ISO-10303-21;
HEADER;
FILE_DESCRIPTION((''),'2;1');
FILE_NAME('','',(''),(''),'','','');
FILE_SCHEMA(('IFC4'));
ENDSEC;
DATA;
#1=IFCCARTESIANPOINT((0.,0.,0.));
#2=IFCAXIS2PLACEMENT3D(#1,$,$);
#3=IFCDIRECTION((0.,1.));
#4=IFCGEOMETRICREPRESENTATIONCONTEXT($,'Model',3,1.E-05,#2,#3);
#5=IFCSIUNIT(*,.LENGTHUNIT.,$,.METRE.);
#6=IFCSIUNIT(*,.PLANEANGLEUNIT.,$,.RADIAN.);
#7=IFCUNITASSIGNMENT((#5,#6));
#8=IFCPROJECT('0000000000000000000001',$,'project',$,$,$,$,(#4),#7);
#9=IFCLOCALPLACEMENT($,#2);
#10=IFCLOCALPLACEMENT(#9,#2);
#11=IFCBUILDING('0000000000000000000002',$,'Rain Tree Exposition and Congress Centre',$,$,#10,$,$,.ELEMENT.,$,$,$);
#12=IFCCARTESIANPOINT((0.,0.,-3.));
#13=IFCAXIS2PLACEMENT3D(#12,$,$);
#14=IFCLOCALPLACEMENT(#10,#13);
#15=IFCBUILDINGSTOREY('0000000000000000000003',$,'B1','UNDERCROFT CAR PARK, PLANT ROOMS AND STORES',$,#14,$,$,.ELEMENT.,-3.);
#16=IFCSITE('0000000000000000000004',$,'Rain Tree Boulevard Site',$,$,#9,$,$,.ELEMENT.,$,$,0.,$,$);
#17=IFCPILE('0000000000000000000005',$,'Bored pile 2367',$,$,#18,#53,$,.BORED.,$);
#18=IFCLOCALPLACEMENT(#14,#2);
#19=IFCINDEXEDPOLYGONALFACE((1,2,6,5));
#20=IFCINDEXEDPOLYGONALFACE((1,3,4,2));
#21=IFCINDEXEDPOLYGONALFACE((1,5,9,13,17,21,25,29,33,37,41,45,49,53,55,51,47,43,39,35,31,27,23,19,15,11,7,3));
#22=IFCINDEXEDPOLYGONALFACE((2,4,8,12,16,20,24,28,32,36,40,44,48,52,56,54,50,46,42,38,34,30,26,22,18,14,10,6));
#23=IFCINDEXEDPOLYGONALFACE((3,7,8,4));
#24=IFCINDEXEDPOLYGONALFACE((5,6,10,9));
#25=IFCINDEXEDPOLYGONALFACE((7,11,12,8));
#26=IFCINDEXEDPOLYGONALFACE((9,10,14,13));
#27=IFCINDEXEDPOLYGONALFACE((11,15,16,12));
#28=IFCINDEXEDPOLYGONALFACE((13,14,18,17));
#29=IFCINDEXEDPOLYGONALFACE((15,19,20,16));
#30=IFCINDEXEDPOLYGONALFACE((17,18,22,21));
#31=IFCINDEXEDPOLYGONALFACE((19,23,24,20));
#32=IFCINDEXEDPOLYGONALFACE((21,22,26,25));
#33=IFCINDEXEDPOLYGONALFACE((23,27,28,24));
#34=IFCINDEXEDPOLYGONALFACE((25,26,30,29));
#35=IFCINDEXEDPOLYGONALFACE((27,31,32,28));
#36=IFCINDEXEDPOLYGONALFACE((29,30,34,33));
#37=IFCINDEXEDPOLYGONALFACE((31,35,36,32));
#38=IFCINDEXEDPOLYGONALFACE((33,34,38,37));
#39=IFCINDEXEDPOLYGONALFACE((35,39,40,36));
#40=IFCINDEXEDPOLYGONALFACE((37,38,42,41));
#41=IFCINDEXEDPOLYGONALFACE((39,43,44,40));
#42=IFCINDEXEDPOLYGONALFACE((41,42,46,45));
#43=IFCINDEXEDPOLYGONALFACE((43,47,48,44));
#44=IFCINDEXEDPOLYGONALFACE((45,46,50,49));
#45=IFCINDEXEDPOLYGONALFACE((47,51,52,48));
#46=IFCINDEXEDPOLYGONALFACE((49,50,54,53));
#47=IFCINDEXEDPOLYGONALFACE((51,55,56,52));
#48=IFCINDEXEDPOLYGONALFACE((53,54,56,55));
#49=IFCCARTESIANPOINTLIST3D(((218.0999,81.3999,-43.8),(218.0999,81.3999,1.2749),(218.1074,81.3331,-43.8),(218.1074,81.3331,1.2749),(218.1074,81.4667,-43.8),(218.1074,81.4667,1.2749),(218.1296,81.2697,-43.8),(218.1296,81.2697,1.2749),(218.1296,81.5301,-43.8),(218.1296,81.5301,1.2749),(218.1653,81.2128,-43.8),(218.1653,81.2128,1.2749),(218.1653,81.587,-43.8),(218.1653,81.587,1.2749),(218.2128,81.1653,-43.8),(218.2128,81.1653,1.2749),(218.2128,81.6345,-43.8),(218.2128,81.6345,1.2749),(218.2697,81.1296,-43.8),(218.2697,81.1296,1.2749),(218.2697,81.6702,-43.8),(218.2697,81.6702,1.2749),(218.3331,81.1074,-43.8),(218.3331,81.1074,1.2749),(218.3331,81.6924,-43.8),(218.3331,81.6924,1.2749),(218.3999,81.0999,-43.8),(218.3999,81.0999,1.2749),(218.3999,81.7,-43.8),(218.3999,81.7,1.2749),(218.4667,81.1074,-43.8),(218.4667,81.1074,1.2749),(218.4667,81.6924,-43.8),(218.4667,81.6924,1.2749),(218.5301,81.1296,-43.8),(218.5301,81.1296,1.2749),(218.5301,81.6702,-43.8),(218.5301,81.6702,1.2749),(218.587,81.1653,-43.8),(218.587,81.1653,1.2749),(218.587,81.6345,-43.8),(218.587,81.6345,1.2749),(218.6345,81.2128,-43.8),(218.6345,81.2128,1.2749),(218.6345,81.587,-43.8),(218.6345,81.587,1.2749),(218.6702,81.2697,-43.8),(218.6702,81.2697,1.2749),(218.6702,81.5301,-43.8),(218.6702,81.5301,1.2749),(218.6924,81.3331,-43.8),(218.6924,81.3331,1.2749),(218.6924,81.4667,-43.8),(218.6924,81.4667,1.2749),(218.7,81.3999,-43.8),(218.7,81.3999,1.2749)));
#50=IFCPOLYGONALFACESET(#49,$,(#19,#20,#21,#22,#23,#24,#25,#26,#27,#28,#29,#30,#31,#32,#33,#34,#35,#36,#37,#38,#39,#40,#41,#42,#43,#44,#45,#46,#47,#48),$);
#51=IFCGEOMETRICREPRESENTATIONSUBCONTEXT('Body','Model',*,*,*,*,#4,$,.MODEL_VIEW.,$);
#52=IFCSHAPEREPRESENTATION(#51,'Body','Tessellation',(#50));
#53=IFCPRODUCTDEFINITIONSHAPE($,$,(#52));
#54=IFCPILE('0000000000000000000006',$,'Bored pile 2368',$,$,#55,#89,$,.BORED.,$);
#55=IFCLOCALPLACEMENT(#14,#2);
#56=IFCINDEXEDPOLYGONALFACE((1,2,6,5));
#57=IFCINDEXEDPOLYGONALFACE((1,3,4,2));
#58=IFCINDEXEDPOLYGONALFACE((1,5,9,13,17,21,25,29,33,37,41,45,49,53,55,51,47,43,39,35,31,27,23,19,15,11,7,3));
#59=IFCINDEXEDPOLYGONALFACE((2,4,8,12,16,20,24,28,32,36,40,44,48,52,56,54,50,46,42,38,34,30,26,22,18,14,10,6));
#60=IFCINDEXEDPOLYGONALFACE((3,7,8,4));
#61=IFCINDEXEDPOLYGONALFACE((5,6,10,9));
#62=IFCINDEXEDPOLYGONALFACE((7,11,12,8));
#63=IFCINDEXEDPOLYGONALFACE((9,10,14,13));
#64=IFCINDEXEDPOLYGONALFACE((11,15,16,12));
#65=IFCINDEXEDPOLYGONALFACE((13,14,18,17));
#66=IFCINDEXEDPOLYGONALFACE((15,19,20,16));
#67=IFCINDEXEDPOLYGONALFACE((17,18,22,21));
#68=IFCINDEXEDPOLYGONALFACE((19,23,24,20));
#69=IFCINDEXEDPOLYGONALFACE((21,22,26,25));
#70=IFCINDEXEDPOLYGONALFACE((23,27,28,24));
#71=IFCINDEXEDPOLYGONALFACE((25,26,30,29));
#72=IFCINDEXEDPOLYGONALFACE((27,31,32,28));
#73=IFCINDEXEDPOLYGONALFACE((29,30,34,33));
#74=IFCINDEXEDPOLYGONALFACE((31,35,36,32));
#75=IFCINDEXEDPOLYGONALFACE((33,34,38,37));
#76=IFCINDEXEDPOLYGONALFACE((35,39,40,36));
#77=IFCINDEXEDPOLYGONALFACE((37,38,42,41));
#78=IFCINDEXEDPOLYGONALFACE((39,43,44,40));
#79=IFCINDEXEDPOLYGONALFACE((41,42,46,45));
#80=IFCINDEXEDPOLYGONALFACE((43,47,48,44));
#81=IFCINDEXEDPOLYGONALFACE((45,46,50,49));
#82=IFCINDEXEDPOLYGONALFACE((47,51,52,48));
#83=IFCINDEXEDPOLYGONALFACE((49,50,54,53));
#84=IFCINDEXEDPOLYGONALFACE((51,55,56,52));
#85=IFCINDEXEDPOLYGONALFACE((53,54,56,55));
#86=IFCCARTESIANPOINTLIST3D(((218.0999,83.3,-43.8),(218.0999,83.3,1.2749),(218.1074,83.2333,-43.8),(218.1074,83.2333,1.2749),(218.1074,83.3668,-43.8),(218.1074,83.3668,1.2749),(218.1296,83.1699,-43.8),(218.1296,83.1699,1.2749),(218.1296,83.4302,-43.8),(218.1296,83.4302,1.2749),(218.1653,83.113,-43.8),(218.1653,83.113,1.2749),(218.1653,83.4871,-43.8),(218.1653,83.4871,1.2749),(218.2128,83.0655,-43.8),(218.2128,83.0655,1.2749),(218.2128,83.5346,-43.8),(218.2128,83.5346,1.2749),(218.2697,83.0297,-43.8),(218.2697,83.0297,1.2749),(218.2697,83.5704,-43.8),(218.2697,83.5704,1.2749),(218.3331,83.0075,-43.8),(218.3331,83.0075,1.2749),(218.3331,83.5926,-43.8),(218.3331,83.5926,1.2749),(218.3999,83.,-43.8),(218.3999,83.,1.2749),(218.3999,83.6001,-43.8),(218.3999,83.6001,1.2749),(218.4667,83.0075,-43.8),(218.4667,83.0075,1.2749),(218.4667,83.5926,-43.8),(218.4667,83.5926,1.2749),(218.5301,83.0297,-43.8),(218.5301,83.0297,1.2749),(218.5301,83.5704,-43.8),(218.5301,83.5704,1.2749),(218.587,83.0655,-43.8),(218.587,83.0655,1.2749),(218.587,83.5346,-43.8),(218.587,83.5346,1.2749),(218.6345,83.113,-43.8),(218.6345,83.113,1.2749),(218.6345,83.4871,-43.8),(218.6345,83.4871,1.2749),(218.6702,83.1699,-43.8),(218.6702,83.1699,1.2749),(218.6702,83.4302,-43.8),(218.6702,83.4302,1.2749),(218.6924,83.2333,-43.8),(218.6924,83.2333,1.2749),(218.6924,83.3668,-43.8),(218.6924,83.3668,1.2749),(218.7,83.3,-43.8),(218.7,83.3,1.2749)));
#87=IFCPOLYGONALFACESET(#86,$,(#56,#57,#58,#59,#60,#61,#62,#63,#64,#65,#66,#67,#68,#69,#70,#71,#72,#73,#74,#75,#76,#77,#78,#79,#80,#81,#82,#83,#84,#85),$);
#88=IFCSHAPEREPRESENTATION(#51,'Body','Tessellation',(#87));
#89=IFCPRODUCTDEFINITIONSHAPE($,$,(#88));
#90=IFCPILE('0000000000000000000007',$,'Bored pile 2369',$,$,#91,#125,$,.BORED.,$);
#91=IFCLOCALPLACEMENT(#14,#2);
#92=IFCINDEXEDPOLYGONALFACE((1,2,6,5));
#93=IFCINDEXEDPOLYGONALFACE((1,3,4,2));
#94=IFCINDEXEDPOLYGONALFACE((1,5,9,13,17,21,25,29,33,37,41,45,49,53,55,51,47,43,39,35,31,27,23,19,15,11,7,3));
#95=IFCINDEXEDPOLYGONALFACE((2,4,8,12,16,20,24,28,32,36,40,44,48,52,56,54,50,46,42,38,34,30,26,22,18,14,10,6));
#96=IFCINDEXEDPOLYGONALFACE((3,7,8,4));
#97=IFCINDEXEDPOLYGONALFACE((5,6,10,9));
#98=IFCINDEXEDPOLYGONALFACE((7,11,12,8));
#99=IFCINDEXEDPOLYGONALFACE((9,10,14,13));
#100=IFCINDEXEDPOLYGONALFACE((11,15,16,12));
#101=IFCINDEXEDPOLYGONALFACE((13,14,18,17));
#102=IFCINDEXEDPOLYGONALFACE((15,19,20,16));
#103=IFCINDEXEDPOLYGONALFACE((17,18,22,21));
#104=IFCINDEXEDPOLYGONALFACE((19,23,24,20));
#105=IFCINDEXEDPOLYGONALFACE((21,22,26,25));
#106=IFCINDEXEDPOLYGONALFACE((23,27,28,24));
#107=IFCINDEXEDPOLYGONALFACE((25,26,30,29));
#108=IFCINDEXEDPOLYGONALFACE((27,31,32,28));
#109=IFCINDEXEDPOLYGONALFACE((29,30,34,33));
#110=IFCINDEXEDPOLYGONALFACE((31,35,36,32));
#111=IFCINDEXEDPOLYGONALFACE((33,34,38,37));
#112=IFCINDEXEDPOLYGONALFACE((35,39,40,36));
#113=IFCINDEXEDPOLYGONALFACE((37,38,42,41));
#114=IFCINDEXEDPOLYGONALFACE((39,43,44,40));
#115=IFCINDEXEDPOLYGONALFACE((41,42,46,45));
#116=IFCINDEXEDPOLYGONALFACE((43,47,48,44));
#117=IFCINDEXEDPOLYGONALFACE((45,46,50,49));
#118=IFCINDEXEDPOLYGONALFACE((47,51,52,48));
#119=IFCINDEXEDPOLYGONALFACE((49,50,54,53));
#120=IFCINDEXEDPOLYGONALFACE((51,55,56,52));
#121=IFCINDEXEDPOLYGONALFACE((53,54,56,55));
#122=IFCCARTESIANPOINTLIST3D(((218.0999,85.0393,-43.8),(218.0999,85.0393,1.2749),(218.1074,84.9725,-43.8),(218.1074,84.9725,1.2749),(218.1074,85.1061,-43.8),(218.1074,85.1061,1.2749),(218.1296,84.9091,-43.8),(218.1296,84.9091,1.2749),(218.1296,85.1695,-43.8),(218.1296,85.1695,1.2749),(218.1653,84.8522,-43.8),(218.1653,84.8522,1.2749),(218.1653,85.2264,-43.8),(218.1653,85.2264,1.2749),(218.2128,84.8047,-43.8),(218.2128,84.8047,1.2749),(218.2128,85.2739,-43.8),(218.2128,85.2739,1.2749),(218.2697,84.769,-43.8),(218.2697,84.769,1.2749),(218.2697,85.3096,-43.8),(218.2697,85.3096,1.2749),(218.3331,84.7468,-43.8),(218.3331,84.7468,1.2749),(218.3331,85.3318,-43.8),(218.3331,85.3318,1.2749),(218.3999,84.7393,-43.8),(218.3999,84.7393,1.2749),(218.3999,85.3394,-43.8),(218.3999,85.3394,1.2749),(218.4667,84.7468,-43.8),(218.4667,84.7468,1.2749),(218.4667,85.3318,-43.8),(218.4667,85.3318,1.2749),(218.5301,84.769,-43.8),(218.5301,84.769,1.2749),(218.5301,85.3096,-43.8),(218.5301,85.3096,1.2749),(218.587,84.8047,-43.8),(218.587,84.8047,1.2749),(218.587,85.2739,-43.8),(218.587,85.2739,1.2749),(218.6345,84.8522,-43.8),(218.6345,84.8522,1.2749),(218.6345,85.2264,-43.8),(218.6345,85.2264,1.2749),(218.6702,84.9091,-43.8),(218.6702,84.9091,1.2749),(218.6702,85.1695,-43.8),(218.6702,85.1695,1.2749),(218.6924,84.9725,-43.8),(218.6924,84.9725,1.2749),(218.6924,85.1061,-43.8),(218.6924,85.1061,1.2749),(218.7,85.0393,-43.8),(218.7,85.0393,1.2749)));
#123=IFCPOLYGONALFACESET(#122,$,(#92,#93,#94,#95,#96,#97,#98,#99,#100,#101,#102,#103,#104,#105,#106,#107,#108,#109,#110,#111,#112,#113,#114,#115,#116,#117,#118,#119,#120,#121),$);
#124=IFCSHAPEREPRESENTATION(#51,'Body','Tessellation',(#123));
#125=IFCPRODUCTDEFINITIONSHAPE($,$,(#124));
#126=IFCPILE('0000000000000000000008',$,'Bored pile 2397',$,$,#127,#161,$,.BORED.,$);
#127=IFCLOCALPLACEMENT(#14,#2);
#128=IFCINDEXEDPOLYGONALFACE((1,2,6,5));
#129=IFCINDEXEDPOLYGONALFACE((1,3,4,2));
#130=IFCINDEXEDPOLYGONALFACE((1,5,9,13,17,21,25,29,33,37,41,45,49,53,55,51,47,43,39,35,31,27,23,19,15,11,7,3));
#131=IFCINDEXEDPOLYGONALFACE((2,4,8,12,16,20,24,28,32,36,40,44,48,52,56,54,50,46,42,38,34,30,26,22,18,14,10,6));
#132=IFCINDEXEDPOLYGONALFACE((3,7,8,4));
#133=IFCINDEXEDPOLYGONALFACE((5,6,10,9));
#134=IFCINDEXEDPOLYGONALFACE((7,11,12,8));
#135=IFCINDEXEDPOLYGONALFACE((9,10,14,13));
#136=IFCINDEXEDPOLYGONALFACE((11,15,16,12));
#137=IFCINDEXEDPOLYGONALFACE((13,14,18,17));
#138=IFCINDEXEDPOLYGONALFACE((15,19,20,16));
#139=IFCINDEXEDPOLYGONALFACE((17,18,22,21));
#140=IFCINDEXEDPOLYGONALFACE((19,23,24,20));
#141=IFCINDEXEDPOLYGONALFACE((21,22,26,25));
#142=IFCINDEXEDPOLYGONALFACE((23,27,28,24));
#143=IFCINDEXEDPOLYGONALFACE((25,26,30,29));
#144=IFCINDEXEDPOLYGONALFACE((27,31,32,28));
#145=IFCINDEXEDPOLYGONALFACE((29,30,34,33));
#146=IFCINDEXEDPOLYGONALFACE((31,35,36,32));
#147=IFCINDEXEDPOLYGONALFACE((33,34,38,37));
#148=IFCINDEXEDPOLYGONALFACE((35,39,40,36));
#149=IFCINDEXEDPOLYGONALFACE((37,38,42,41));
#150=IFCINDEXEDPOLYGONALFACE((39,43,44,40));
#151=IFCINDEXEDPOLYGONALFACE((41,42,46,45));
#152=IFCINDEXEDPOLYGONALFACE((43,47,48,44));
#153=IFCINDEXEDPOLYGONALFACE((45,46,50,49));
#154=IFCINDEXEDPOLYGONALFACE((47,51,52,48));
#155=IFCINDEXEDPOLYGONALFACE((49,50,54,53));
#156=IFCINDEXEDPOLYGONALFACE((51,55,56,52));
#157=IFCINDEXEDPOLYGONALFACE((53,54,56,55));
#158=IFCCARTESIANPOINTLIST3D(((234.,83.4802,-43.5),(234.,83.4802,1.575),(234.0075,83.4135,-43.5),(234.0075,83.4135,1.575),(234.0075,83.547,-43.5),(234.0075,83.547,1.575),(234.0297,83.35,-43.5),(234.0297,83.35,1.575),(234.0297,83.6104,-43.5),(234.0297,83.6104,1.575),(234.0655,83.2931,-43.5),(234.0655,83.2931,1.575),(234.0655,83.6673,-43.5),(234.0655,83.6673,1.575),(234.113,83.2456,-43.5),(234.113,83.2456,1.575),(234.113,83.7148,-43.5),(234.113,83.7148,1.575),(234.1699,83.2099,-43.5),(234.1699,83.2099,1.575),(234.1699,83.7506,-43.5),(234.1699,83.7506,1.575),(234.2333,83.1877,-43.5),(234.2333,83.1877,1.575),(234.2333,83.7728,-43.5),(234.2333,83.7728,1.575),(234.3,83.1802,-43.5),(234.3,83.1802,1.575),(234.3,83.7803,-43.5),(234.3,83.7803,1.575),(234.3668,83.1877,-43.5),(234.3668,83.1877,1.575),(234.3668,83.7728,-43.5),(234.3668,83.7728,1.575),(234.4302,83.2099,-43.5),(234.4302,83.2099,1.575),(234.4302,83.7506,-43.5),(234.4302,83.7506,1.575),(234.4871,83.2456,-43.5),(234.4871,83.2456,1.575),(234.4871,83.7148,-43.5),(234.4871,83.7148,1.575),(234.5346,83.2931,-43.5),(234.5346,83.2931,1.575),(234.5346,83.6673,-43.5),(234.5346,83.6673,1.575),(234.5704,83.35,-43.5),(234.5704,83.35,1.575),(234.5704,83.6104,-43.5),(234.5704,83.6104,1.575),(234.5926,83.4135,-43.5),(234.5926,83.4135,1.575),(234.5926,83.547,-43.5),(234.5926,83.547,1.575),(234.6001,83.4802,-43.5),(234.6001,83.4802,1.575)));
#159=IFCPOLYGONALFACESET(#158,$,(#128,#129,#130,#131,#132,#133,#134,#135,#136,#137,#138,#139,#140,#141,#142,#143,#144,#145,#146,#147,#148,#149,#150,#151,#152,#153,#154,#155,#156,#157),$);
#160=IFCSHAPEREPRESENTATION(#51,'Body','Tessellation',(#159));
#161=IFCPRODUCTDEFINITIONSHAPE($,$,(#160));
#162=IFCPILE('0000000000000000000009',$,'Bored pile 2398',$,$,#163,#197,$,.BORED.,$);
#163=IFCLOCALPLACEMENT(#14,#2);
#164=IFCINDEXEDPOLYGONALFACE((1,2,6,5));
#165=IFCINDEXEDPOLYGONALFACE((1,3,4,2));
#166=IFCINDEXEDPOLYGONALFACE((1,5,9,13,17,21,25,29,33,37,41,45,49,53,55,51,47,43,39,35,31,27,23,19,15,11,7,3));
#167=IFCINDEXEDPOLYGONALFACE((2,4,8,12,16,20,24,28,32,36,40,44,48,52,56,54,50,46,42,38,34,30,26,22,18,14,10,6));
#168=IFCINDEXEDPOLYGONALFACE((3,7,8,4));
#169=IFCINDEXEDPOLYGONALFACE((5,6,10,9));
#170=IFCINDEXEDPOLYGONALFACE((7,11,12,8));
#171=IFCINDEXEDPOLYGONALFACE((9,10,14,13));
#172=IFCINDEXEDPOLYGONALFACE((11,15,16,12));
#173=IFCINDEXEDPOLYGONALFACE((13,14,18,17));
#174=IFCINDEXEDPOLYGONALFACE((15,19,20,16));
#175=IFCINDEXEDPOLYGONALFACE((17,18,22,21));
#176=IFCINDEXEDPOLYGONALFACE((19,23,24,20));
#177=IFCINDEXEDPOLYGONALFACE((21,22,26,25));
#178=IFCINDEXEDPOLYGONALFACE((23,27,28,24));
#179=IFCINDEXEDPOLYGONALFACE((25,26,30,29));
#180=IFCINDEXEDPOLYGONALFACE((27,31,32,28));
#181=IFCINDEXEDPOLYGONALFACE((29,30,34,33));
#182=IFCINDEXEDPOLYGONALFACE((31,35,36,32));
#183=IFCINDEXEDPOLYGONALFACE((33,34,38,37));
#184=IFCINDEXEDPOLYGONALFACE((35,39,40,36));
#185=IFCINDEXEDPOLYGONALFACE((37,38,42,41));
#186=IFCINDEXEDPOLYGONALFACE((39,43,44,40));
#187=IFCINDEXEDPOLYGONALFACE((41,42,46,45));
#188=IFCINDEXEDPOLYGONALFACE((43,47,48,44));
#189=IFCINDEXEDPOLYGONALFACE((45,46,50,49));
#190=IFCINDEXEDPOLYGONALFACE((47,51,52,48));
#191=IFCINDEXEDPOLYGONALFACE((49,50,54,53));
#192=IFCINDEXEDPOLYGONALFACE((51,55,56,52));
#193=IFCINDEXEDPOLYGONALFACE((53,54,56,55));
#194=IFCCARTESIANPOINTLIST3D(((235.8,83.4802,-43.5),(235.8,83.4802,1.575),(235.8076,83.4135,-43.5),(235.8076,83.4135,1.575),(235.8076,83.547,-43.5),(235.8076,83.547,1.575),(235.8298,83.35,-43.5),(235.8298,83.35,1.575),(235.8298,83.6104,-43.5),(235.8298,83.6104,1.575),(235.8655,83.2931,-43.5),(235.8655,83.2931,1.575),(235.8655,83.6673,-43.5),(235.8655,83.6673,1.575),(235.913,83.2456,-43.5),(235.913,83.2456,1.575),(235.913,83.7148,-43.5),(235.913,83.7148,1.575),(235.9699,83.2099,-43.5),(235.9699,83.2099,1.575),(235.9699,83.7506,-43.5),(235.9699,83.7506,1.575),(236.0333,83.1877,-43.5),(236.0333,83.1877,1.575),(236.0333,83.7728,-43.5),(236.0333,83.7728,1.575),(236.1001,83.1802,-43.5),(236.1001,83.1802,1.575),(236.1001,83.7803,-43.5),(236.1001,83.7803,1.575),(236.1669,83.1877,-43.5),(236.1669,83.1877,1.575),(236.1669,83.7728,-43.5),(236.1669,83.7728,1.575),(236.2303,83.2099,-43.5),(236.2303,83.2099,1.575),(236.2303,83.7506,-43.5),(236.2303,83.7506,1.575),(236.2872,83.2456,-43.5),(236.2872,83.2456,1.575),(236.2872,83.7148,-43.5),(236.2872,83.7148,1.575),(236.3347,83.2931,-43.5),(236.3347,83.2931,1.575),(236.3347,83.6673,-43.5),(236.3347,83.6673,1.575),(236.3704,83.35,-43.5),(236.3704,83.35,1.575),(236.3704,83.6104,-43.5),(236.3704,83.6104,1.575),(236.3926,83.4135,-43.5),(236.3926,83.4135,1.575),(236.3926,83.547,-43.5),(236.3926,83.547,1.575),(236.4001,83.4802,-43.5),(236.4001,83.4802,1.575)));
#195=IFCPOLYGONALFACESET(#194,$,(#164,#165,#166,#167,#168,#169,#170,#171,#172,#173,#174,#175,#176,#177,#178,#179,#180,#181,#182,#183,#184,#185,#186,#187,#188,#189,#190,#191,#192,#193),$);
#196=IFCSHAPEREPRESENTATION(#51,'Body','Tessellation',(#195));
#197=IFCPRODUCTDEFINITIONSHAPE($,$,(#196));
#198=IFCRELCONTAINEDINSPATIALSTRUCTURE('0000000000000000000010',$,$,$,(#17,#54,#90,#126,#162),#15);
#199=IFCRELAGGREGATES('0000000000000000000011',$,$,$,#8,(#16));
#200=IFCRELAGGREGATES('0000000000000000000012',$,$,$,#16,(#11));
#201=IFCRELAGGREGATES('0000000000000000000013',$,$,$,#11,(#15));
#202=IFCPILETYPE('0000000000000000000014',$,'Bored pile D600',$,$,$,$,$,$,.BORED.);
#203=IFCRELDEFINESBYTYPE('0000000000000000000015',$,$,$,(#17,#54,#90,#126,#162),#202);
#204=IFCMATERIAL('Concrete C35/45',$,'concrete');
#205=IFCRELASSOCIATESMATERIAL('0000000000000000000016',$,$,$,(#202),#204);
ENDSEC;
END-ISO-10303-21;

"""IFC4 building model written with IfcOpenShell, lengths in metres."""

from ifc_helpers import new_model, si_unit, direction, frame, origin, origin_2d, place, context, subcontext, project, spatial, circle, extrude, material, material_profile, profile_set, type_object, element, save


model = new_model("IFC4")

# Units and contexts
model_context = context("Model", 3, precision=1e-05, world=origin(), true_north=direction((0.0, 1.0)))
body_context = subcontext(model_context, "Body", "Model", "MODEL_VIEW")
ifc_project = project(units=[si_unit("LENGTHUNIT", "METRE"), si_unit("PLANEANGLEUNIT", "RADIAN")], contexts=[model_context])

# Site, building, storey
site_placement = place(None, origin())
site = spatial("IfcSite", under=ifc_project, at=site_placement, Name="Rain Tree Boulevard Site", CompositionType="ELEMENT", RefElevation=0.0)
building_placement = place(site_placement, origin())
building = spatial("IfcBuilding", under=site, at=building_placement, Name="Rain Tree Exposition and Congress Centre", CompositionType="ELEMENT")
storey_placement = place(building_placement, frame((0.0, 0.0, -3.0)))
storey = spatial("IfcBuildingStorey", under=building, at=storey_placement, Name="B1", Description="UNDERCROFT CAR PARK, PLANT ROOMS AND STORES", CompositionType="ELEMENT", Elevation=-3.0)

# Piles
ifc_material_1 = material(Name="Concrete C35/45", Category="concrete")
ifc_material_profile_1 = material_profile(ifc_material_1, circle(Radius=0.3, at=origin_2d()), Name="D600")
ifc_profile_set_1 = profile_set([ifc_material_profile_1], Name="Concrete C35/45")
pile_type_1 = type_object("IfcPileType", Name="Bored pile D600", PredefinedType="BORED", material=ifc_profile_set_1)
for number, where, z_axis, x_axis, name in (
    (1, (218.3999, 81.3999, 1.2749), (0.0, 0.0, -1.0), (1.0, 0.0, 0.0), "Bored pile 2367"),
    (2, (218.3999, 83.3, 1.2749), (0.0, 0.0, -1.0), (1.0, 0.0, 0.0), "Bored pile 2368"),
    (3, (218.3999, 85.0393, 1.2749), (0.0, 0.0, -1.0), (1.0, 0.0, 0.0), "Bored pile 2369"),
    (4, (234.3, 83.4802, 1.575), (0.0, 0.0, -1.0), (1.0, 0.0, 0.0), "Bored pile 2397"),
    (5, (236.1001, 83.4802, 1.575), (0.0, 0.0, -1.0), (1.0, 0.0, 0.0), "Bored pile 2398"),
):
    element("IfcPile", number, at=place(storey_placement, frame(where, z_axis=z_axis, x_axis=x_axis)), inside=storey, type_object=pile_type_1, Name=name, PredefinedType="BORED", context=body_context, shape_type="SweptSolid", body=[
        extrude(circle(Radius=0.3, at=origin_2d()), origin(), (0.0, 0.0, 1.0), 45.075),
    ])

save(model, "model.ifc")
